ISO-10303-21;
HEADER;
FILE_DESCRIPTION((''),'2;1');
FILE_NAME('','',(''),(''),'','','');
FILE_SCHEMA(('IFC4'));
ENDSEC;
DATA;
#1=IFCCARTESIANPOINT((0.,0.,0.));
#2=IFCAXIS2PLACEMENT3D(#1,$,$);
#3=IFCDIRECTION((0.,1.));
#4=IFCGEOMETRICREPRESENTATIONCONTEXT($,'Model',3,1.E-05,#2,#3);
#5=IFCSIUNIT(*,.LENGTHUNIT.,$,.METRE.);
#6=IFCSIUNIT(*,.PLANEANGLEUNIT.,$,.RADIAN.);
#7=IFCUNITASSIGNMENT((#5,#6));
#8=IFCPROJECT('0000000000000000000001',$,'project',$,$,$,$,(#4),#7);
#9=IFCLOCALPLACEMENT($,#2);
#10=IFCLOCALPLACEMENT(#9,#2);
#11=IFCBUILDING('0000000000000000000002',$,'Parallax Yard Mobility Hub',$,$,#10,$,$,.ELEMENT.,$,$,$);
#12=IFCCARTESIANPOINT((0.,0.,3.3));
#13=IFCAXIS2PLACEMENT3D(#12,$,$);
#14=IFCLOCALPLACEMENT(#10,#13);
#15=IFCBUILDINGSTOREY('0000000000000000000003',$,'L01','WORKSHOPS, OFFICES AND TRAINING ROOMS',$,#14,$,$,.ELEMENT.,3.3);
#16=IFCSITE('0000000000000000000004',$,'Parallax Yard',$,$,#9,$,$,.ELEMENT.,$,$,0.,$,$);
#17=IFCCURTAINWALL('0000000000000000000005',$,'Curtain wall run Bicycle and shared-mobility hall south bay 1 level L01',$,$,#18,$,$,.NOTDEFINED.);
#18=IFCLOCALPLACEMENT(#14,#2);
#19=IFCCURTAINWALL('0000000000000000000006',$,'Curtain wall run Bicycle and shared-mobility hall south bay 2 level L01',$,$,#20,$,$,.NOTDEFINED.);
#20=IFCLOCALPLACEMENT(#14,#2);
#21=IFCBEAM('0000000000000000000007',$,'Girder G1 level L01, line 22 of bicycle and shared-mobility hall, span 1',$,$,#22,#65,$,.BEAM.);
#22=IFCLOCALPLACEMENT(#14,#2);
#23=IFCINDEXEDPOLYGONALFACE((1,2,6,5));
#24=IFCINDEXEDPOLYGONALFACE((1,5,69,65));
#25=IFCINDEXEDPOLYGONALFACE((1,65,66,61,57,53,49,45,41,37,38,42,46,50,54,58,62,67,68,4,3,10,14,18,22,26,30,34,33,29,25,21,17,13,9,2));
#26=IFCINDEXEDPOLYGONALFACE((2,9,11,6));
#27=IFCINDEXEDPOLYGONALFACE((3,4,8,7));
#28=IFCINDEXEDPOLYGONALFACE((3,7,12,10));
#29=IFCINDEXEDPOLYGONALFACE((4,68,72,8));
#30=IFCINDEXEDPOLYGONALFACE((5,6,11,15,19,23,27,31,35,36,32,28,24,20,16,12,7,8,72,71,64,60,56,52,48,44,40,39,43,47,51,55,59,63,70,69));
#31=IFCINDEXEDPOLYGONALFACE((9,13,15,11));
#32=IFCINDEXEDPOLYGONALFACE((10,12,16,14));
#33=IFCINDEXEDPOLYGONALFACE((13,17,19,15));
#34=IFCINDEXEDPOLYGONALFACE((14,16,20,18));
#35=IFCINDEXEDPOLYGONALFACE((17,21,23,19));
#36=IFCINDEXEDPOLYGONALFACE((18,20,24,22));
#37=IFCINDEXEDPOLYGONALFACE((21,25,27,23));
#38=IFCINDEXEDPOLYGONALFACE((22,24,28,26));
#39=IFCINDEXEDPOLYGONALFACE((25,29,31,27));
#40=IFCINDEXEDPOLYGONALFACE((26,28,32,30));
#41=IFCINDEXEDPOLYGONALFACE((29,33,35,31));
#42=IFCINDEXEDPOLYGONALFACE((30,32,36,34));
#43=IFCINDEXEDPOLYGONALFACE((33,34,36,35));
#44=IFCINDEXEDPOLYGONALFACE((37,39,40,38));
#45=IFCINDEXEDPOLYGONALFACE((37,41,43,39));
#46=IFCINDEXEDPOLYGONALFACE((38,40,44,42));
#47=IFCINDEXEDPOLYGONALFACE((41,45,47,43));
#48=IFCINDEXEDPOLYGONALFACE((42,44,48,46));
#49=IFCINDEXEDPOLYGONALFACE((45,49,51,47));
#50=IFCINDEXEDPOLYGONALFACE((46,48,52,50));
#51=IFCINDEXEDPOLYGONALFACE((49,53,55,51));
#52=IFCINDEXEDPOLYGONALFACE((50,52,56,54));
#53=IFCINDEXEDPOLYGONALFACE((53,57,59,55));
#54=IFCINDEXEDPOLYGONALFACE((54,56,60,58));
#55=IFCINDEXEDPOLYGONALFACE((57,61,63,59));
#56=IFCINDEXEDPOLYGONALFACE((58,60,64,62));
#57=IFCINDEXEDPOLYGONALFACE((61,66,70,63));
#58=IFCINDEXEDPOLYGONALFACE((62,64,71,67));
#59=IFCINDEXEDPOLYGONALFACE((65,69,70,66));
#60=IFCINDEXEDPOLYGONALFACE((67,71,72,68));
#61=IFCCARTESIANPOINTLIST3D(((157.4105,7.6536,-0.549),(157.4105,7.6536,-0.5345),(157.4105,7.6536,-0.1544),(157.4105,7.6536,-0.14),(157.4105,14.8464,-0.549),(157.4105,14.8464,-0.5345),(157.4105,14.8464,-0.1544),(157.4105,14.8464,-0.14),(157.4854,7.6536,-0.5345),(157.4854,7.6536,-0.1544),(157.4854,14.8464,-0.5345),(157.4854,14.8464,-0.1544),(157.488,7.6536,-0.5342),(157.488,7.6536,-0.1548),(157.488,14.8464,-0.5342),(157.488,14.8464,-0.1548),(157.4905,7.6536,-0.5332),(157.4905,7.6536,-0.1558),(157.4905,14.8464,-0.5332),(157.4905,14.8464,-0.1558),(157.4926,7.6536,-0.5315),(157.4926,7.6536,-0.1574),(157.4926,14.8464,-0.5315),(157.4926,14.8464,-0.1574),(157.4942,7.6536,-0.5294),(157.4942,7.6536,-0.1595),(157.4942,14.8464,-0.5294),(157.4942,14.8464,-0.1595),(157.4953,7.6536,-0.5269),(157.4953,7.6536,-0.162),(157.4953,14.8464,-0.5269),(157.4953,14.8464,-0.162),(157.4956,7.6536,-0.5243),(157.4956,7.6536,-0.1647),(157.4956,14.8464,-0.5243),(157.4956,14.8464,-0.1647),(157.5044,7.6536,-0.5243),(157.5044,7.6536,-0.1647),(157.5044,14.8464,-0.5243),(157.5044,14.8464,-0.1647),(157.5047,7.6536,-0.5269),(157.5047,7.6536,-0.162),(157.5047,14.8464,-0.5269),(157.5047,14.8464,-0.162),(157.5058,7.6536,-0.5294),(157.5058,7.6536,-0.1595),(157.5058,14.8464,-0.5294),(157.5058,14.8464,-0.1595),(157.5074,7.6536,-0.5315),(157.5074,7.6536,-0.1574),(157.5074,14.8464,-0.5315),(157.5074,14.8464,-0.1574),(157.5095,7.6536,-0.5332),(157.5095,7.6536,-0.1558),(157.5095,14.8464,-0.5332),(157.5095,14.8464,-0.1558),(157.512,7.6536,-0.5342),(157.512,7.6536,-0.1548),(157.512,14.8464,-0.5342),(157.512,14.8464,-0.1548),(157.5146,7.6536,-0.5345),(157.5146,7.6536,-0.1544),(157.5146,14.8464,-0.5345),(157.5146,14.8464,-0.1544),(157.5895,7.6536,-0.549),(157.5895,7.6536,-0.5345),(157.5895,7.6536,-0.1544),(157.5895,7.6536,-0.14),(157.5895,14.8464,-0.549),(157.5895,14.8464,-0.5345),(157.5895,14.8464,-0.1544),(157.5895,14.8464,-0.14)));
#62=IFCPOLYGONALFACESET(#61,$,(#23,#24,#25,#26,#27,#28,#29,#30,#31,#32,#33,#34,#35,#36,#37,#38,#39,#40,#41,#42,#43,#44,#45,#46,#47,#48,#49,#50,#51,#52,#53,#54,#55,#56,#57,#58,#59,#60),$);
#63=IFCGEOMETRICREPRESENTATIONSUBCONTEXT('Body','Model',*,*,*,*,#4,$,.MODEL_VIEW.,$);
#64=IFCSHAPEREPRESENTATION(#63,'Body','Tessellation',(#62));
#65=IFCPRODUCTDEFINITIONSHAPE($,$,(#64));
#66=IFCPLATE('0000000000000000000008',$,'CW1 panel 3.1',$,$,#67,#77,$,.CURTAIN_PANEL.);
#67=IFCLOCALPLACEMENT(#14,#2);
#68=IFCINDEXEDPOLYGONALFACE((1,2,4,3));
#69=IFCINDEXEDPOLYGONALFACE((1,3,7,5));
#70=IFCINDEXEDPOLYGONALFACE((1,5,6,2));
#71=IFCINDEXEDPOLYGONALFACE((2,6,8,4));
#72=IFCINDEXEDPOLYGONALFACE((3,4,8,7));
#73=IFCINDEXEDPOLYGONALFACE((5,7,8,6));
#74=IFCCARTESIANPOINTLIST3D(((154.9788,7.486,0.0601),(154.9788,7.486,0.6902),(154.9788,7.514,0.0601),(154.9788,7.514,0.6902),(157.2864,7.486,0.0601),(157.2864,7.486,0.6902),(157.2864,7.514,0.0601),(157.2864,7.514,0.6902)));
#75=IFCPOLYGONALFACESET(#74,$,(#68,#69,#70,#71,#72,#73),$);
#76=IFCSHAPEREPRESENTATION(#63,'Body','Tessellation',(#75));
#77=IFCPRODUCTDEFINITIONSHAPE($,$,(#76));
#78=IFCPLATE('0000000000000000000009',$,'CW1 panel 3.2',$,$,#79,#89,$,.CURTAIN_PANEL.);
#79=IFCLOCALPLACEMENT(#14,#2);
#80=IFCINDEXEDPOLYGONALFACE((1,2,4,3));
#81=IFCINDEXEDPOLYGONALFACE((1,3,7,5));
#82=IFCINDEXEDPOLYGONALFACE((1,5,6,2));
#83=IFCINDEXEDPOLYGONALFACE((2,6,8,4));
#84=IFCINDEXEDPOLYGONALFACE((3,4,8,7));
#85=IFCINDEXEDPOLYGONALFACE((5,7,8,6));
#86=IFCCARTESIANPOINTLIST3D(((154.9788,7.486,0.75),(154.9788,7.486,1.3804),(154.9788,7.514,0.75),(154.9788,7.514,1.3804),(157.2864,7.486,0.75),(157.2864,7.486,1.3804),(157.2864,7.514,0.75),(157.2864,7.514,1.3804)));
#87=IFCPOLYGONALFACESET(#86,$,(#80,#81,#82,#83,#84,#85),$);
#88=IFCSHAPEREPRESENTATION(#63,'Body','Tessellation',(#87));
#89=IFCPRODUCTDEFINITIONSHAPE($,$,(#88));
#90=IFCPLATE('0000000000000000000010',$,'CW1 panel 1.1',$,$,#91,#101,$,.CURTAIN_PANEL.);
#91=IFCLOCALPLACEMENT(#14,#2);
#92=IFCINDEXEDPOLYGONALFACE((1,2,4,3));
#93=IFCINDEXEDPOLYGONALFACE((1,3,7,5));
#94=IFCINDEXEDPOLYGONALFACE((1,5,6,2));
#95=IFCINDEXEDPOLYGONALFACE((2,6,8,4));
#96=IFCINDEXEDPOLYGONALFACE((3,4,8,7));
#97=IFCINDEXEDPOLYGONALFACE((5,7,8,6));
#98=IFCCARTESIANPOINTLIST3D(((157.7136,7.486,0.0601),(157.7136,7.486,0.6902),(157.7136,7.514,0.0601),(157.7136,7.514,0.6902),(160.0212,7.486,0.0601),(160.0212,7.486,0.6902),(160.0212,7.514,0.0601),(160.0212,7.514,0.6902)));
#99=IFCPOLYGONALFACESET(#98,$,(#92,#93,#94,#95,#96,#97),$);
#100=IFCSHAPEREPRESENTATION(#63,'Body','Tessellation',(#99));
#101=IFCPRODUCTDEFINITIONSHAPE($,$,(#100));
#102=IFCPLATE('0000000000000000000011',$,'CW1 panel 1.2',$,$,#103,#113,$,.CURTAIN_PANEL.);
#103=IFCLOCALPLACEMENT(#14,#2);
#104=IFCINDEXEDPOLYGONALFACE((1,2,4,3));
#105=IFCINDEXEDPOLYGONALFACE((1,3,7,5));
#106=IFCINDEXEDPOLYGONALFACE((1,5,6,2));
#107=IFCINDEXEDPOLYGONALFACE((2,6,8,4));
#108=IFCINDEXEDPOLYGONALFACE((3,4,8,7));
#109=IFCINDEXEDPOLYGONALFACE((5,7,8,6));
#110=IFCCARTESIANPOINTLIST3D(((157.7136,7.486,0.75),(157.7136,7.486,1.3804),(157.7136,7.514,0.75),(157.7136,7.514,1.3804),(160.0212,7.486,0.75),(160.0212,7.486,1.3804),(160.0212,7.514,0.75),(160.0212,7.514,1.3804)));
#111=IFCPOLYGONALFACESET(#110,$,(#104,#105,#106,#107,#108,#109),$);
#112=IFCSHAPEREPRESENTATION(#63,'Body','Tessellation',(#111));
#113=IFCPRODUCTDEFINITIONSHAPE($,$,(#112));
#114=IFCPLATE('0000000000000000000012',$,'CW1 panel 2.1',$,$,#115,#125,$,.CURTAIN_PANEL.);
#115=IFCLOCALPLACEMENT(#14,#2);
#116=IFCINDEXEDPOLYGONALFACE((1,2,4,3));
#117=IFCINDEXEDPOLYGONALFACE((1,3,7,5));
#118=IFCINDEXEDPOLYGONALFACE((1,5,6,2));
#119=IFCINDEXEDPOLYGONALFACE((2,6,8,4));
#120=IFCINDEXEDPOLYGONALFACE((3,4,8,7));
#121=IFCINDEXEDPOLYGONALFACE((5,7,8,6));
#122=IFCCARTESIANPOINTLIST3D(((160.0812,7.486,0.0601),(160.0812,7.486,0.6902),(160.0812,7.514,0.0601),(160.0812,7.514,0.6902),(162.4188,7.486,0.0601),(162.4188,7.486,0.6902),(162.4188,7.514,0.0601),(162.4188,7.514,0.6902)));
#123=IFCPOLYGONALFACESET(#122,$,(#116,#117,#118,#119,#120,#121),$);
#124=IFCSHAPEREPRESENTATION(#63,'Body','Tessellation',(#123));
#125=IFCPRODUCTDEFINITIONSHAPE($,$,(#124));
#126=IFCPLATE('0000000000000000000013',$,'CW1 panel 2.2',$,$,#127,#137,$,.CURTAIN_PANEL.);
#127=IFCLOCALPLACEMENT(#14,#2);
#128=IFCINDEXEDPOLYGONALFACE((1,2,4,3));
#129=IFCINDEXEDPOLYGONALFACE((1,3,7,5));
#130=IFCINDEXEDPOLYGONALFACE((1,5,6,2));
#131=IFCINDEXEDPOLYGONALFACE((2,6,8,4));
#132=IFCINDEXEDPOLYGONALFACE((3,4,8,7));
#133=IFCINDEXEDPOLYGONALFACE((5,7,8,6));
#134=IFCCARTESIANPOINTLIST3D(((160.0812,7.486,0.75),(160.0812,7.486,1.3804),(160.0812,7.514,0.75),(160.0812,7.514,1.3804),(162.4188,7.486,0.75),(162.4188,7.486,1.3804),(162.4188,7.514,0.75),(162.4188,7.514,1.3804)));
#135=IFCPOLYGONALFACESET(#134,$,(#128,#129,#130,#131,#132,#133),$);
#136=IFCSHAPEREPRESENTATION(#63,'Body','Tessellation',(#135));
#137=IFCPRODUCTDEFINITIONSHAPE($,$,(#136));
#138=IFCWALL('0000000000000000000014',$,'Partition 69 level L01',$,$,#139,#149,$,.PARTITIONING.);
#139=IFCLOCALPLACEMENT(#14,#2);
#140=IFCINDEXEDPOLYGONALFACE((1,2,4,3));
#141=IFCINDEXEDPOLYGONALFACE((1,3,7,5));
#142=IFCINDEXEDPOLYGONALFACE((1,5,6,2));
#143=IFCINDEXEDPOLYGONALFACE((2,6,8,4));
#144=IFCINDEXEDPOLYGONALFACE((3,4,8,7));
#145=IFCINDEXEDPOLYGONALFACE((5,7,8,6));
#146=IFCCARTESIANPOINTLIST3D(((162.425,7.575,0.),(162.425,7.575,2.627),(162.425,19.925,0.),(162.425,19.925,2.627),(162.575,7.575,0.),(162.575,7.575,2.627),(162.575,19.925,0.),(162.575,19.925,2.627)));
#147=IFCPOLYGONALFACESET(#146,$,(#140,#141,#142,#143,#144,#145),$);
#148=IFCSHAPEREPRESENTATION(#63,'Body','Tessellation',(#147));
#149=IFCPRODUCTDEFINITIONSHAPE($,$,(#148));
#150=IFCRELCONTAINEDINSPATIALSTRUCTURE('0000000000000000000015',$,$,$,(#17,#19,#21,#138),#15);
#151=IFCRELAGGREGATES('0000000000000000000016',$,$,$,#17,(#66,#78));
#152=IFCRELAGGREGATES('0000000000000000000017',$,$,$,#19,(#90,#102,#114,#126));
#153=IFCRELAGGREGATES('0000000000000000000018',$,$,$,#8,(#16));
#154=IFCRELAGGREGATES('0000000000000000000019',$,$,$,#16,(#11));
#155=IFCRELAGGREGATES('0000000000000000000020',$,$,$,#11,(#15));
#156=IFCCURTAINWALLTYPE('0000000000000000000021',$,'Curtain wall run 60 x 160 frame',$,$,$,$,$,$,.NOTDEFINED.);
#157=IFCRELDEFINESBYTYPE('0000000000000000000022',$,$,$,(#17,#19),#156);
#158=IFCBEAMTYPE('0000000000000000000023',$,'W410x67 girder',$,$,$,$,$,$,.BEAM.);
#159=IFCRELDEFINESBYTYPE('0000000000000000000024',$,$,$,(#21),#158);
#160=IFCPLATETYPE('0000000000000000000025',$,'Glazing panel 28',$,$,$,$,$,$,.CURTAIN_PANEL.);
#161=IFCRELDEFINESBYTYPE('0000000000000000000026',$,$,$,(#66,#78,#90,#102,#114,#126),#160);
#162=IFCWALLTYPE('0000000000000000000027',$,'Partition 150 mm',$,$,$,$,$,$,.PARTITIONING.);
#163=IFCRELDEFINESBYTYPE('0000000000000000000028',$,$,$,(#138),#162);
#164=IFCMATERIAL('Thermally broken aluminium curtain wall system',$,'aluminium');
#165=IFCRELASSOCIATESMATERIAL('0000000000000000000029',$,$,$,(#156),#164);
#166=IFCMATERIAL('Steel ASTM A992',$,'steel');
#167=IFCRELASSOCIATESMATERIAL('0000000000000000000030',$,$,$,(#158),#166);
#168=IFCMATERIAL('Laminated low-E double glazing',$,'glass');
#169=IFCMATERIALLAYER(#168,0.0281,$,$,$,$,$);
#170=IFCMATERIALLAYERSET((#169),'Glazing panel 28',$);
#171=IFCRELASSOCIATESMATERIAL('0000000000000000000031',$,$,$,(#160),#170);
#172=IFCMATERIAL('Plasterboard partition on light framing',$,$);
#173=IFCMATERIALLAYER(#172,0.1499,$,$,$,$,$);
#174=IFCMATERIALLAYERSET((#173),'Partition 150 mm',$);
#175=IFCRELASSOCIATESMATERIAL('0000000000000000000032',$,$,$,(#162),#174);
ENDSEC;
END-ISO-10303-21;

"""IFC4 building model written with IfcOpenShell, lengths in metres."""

from ifc_helpers import new_model, si_unit, direction, frame, frame_2d, origin, origin_2d, place, context, subcontext, project, spatial, rectangle, i_section, extrude, material, layer, layer_set, material_profile, profile_set, type_object, element, aggregate, save


model = new_model("IFC4")

# Units and contexts
model_context = context("Model", 3, precision=1e-05, world=origin(), true_north=direction((0.0, 1.0)))
body_context = subcontext(model_context, "Body", "Model", "MODEL_VIEW")
ifc_project = project(units=[si_unit("LENGTHUNIT", "METRE"), si_unit("PLANEANGLEUNIT", "RADIAN")], contexts=[model_context])

# Site, building, storey
site_placement = place(None, origin())
site = spatial("IfcSite", under=ifc_project, at=site_placement, Name="Parallax Yard", CompositionType="ELEMENT", RefElevation=0.0)
building_placement = place(site_placement, origin())
building = spatial("IfcBuilding", under=site, at=building_placement, Name="Parallax Yard Mobility Hub", CompositionType="ELEMENT")
storey_placement = place(building_placement, frame((0.0, 0.0, 3.3)))
storey = spatial("IfcBuildingStorey", under=building, at=storey_placement, Name="L01", Description="WORKSHOPS, OFFICES AND TRAINING ROOMS", CompositionType="ELEMENT", Elevation=3.3)

# Shared definitions
ifc_material_1 = material(Name="Steel ASTM A992", Category="steel")

# Curtain walls
ifc_material_2 = material(Name="Thermally broken aluminium curtain wall system", Category="aluminium")
curtain_wall_type = type_object("IfcCurtainWallType", Name="Curtain wall run 60 x 160 frame", PredefinedType="NOTDEFINED", material=ifc_material_2)
curtain_wall_1_placement = place(storey_placement, origin())
curtain_wall_1 = element("IfcCurtainWall", 1, at=curtain_wall_1_placement, inside=storey, type_object=curtain_wall_type, Name="Curtain wall run Bicycle and shared-mobility hall south bay 1 level L01", PredefinedType="NOTDEFINED")
curtain_wall_2_placement = place(storey_placement, origin())
curtain_wall_2 = element("IfcCurtainWall", 2, at=curtain_wall_2_placement, inside=storey, type_object=curtain_wall_type, Name="Curtain wall run Bicycle and shared-mobility hall south bay 2 level L01", PredefinedType="NOTDEFINED")

# Beam
ifc_material_profile_1 = material_profile(ifc_material_1, i_section(OverallWidth=0.179, OverallDepth=0.4089, WebThickness=0.0088, FlangeThickness=0.0144, FilletRadius=0.0103, at=origin_2d()), Name="W410x67")
ifc_profile_set_1 = profile_set([ifc_material_profile_1], Name="Steel ASTM A992")
beam_type_1 = type_object("IfcBeamType", Name="W410x67 girder", PredefinedType="BEAM", material=ifc_profile_set_1)
beam_1_placement = place(storey_placement, frame((157.5, 7.6536, -0.3445), z_axis=(0.0, 1.0, 0.0), x_axis=(-1.0, 0.0, 0.0)))
element("IfcBeam", 3, at=beam_1_placement, inside=storey, type_object=beam_type_1, Name="Girder G1 level L01, line 22 of bicycle and shared-mobility hall, span 1", PredefinedType="BEAM", context=body_context, shape_type="SweptSolid", body=[
    extrude(i_section(OverallWidth=0.179, OverallDepth=0.4089, WebThickness=0.0088, FlangeThickness=0.0144, FilletRadius=0.0103, at=origin_2d()), origin(), (0.0, 0.0, 1.0), 7.1929),
])

# Plates
ifc_material_3 = material(Name="Laminated low-E double glazing", Category="glass")
ifc_layer_1 = layer(ifc_material_3, 0.0281)
ifc_layer_set_1 = layer_set([ifc_layer_1], Name="Glazing panel 28")
plate_type = type_object("IfcPlateType", Name="Glazing panel 28", PredefinedType="CURTAIN_PANEL", material=ifc_layer_set_1)
plate_1_placement = place(storey_placement, frame((156.1326, 7.5, 0.0601), z_axis=(0.0, 0.0, 1.0), x_axis=(1.0, 0.0, 0.0)))
plate_1 = element("IfcPlate", 4, at=plate_1_placement, type_object=plate_type, Name="CW1 panel 3.1", PredefinedType="CURTAIN_PANEL", context=body_context, shape_type="SweptSolid", body=[
    extrude(rectangle(XDim=2.3076, YDim=0.0281, at=origin_2d()), origin(), (0.0, 0.0, 1.0), 0.6301),
])
plate_2_placement = place(storey_placement, frame((156.1326, 7.5, 0.75), z_axis=(0.0, 0.0, 1.0), x_axis=(1.0, 0.0, 0.0)))
plate_2 = element("IfcPlate", 5, at=plate_2_placement, type_object=plate_type, Name="CW1 panel 3.2", PredefinedType="CURTAIN_PANEL", context=body_context, shape_type="SweptSolid", body=[
    extrude(rectangle(XDim=2.3076, YDim=0.0281, at=origin_2d()), origin(), (0.0, 0.0, 1.0), 0.6304),
])
aggregate(curtain_wall_1, [plate_1, plate_2])
plate_3_placement = place(storey_placement, frame((158.8674, 7.5, 0.0601), z_axis=(0.0, 0.0, 1.0), x_axis=(1.0, 0.0, 0.0)))
plate_3 = element("IfcPlate", 6, at=plate_3_placement, type_object=plate_type, Name="CW1 panel 1.1", PredefinedType="CURTAIN_PANEL", context=body_context, shape_type="SweptSolid", body=[
    extrude(rectangle(XDim=2.3076, YDim=0.0281, at=origin_2d()), origin(), (0.0, 0.0, 1.0), 0.6301),
])
plate_4_placement = place(storey_placement, frame((158.8674, 7.5, 0.75), z_axis=(0.0, 0.0, 1.0), x_axis=(1.0, 0.0, 0.0)))
plate_4 = element("IfcPlate", 7, at=plate_4_placement, type_object=plate_type, Name="CW1 panel 1.2", PredefinedType="CURTAIN_PANEL", context=body_context, shape_type="SweptSolid", body=[
    extrude(rectangle(XDim=2.3076, YDim=0.0281, at=origin_2d()), origin(), (0.0, 0.0, 1.0), 0.6304),
])
plate_5_placement = place(storey_placement, frame((161.25, 7.5, 0.0601), z_axis=(0.0, 0.0, 1.0), x_axis=(1.0, 0.0, 0.0)))
plate_5 = element("IfcPlate", 8, at=plate_5_placement, type_object=plate_type, Name="CW1 panel 2.1", PredefinedType="CURTAIN_PANEL", context=body_context, shape_type="SweptSolid", body=[
    extrude(rectangle(XDim=2.3376, YDim=0.0281, at=origin_2d()), origin(), (0.0, 0.0, 1.0), 0.6301),
])
plate_6_placement = place(storey_placement, frame((161.25, 7.5, 0.75), z_axis=(0.0, 0.0, 1.0), x_axis=(1.0, 0.0, 0.0)))
plate_6 = element("IfcPlate", 9, at=plate_6_placement, type_object=plate_type, Name="CW1 panel 2.2", PredefinedType="CURTAIN_PANEL", context=body_context, shape_type="SweptSolid", body=[
    extrude(rectangle(XDim=2.3376, YDim=0.0281, at=origin_2d()), origin(), (0.0, 0.0, 1.0), 0.6304),
])
aggregate(curtain_wall_2, [plate_3, plate_4, plate_5, plate_6])

# Wall
ifc_material_4 = material(Name="Plasterboard partition on light framing")
ifc_layer_2 = layer(ifc_material_4, 0.1499)
ifc_layer_set_2 = layer_set([ifc_layer_2], Name="Partition 150 mm")
wall_type = type_object("IfcWallType", Name="Partition 150 mm", PredefinedType="PARTITIONING", material=ifc_layer_set_2)
wall_placement = place(storey_placement, frame((162.5, 7.575, 0.0), z_axis=(0.0, 0.0, 1.0), x_axis=(0.0, 1.0, 0.0)))
element("IfcWall", 10, at=wall_placement, inside=storey, type_object=wall_type, Name="Partition 69 level L01", PredefinedType="PARTITIONING", context=body_context, shape_type="SweptSolid", body=[
    extrude(rectangle(XDim=12.3501, YDim=0.1499, at=frame_2d((6.175, 0.0))), origin(), (0.0, 0.0, 1.0), 2.627),
])

save(model, "model.ifc")
